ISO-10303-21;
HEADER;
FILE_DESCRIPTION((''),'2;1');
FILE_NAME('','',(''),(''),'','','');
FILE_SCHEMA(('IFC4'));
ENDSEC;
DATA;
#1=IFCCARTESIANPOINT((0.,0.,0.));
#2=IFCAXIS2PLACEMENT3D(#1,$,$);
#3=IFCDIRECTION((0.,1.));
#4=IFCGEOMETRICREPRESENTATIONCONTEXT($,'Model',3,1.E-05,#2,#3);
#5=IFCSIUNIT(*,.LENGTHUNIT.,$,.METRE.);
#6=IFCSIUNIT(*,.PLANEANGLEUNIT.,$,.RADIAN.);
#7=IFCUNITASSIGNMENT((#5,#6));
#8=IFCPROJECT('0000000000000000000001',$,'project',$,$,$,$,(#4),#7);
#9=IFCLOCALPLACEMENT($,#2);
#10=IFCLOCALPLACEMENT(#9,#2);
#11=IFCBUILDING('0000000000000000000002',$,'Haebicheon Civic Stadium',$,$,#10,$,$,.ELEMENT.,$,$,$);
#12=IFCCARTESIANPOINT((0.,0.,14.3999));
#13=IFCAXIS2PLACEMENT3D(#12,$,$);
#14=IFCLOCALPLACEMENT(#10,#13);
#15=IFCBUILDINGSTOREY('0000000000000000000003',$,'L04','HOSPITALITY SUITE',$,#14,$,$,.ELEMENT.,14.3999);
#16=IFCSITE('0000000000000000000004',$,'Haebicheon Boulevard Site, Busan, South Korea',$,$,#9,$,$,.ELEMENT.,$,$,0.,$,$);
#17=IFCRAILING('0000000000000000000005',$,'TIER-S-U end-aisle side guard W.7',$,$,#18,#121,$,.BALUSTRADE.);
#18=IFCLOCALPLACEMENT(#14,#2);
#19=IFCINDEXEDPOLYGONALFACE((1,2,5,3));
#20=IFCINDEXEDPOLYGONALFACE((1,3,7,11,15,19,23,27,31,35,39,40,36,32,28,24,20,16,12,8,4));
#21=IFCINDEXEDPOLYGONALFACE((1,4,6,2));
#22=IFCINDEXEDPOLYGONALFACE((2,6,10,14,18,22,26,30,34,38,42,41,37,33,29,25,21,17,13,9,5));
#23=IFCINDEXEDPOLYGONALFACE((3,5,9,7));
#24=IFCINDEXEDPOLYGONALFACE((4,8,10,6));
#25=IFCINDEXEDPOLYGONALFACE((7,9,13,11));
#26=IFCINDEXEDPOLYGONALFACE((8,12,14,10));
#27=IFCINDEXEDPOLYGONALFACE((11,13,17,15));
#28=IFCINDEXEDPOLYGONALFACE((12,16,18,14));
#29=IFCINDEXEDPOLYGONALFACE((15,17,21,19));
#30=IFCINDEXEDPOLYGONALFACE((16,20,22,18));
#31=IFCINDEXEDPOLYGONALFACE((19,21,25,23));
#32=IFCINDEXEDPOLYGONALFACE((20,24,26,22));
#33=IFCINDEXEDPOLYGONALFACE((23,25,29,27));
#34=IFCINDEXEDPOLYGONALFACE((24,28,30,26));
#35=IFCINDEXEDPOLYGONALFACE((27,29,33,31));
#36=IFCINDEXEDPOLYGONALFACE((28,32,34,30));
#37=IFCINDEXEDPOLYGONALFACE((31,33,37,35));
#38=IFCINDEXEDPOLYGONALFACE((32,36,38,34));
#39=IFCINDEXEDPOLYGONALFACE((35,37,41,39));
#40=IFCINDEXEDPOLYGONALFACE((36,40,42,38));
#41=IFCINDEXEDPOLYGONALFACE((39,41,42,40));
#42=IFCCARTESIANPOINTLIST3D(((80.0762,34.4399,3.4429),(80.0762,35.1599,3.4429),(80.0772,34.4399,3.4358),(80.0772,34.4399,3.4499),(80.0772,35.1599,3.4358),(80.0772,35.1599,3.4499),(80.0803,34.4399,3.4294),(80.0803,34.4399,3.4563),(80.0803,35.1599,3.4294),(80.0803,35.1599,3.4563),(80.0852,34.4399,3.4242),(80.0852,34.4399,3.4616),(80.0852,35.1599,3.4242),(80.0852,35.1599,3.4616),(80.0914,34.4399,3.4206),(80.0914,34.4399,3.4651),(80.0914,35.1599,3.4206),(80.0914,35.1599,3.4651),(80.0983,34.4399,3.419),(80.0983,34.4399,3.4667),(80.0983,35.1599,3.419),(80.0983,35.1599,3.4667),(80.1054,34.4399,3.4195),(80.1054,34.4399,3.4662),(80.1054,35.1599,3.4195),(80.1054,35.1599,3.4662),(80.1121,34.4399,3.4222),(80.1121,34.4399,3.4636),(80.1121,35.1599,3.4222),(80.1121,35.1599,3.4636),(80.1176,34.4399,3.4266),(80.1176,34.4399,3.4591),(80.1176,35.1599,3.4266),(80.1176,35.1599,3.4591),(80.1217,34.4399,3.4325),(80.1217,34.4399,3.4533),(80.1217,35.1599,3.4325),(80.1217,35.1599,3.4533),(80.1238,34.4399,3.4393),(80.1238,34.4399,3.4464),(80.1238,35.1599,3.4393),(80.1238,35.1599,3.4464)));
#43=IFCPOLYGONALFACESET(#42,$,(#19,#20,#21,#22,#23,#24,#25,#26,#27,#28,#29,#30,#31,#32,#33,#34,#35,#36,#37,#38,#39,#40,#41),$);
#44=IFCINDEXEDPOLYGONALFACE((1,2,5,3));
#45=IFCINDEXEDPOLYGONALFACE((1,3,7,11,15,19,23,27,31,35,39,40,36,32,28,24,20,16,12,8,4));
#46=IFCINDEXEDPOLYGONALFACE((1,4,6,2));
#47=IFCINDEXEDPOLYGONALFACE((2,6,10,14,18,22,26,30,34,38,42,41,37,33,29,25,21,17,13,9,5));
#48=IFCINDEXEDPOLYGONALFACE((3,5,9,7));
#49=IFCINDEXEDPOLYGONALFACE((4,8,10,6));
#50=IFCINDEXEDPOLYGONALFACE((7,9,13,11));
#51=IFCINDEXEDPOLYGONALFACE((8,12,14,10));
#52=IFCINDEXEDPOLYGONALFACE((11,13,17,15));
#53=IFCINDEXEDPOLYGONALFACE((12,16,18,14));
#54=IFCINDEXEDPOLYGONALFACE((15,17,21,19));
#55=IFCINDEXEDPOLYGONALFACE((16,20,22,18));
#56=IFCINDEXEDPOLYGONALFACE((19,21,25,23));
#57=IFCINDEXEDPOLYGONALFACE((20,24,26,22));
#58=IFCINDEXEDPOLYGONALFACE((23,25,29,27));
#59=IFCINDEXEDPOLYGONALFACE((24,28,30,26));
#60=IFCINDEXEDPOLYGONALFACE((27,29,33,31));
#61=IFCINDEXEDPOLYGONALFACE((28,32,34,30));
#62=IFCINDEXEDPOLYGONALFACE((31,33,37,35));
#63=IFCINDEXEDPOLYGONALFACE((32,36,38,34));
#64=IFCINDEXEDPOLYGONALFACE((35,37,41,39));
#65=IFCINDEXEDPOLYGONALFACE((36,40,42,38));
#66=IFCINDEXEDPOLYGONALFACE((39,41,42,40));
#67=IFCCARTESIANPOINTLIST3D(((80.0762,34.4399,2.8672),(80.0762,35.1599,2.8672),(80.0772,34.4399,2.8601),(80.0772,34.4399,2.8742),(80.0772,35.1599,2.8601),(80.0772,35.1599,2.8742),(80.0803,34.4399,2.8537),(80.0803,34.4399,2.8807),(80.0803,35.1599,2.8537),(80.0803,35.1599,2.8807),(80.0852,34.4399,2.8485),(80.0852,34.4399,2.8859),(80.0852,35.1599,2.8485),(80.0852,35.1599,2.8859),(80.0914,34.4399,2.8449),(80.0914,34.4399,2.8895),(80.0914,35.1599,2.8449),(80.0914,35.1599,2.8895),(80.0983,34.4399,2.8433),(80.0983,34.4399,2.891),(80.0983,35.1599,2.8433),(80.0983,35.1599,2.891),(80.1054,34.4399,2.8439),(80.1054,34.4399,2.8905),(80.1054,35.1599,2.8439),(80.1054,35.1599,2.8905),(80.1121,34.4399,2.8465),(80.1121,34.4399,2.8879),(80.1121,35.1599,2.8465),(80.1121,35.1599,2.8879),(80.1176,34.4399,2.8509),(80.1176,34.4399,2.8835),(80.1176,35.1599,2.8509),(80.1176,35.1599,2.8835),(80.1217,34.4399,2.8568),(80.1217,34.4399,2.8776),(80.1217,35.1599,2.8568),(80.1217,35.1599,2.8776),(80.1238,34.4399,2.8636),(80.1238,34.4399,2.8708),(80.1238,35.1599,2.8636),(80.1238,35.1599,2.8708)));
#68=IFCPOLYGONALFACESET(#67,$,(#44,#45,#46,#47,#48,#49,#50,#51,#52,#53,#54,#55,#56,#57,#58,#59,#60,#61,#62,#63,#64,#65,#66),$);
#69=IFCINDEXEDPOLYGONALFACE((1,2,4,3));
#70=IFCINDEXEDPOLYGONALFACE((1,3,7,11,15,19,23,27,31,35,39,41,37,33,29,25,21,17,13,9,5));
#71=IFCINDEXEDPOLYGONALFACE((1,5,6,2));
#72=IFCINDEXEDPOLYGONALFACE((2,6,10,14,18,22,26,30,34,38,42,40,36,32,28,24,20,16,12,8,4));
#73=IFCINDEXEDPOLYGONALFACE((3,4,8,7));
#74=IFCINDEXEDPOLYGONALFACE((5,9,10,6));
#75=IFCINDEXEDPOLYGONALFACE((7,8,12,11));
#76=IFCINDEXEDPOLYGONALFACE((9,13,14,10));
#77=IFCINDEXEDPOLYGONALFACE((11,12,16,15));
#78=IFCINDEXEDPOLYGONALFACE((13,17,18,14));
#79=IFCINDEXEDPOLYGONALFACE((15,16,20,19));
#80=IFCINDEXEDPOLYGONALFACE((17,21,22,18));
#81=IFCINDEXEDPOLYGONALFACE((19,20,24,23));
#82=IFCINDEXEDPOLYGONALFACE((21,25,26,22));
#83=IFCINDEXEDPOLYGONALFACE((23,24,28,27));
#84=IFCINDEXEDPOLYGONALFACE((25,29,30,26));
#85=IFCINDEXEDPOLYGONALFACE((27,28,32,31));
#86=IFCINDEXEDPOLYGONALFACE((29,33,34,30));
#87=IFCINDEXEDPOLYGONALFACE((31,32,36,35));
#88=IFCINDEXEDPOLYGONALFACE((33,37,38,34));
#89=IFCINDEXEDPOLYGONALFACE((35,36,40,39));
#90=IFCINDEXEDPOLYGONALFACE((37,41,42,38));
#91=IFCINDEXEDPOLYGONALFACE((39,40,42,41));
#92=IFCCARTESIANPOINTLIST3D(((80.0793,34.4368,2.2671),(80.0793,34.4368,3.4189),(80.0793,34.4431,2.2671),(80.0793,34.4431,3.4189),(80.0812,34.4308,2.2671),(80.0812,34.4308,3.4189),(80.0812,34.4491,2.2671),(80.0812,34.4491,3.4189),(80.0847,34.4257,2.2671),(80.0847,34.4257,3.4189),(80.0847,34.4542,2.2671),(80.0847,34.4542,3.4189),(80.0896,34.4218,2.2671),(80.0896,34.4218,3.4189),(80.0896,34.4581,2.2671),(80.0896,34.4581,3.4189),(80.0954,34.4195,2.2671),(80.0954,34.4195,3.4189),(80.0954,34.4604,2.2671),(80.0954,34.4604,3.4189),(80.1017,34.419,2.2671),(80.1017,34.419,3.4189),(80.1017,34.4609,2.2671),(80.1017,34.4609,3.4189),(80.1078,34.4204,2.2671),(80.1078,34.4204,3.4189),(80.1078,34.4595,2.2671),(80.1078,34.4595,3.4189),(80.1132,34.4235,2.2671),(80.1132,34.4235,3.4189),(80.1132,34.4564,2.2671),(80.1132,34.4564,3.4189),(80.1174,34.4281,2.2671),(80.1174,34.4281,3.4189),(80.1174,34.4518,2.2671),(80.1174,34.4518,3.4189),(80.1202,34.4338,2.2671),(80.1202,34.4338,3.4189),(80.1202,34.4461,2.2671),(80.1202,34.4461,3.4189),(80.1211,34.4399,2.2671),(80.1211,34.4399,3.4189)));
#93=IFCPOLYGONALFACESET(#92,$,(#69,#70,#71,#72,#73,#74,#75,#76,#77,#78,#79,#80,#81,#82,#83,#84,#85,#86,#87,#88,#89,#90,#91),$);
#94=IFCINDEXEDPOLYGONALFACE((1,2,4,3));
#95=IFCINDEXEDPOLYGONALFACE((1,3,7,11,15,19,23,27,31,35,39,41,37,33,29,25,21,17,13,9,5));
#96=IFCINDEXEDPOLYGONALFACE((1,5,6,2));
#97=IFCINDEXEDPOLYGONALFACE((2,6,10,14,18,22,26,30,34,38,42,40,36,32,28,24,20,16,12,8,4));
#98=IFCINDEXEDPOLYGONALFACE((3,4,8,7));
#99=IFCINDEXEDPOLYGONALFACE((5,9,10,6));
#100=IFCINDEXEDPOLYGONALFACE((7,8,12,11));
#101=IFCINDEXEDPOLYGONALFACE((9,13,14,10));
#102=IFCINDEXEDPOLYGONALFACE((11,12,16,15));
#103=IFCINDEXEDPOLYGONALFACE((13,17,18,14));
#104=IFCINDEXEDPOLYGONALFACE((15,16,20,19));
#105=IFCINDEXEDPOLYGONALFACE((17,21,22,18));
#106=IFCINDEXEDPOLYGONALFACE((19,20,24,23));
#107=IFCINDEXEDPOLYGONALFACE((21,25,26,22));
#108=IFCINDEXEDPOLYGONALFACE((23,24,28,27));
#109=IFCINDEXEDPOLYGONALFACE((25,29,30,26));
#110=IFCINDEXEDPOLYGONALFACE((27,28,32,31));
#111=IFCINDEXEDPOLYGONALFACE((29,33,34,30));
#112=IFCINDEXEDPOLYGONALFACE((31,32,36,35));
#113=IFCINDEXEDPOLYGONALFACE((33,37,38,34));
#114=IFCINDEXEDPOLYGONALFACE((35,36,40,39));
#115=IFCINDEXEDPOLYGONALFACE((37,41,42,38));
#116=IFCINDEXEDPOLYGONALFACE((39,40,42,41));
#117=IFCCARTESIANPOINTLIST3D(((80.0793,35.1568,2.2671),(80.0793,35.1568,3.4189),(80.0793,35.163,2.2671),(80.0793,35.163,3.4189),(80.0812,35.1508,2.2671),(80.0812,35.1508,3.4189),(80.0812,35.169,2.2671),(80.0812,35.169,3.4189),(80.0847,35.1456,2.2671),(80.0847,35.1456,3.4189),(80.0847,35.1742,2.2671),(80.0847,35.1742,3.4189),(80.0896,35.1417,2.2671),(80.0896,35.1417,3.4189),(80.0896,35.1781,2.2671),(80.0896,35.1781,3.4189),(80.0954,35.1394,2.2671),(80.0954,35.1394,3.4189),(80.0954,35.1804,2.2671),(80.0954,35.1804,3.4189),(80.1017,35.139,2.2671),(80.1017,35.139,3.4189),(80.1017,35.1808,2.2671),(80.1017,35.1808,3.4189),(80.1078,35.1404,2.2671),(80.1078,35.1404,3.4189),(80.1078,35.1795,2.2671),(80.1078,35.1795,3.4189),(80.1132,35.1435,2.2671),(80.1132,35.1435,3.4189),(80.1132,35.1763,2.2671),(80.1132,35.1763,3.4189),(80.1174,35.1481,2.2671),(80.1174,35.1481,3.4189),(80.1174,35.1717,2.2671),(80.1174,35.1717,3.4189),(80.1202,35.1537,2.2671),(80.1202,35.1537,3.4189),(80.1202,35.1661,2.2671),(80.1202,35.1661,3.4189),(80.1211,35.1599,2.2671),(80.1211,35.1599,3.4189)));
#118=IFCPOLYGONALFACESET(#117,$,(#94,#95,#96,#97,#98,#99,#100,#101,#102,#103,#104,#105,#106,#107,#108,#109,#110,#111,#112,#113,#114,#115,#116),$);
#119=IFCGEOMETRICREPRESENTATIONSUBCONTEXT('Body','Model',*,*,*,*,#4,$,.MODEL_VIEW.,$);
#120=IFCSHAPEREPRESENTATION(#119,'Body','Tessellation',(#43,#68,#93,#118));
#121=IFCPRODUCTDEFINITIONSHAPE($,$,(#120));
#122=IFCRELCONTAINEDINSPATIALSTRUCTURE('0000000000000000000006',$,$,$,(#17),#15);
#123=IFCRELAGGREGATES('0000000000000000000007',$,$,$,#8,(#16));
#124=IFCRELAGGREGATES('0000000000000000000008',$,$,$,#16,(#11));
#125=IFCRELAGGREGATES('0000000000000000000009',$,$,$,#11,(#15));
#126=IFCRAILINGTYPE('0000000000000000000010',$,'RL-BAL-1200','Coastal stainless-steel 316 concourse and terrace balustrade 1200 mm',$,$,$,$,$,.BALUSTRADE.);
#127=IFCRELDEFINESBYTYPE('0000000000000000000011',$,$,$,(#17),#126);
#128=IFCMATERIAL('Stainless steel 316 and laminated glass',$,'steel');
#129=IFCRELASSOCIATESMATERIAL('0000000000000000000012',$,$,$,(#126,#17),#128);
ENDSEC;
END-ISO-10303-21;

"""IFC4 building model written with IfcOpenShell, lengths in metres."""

from ifc_helpers import new_model, si_unit, direction, frame, origin, origin_2d, place, context, subcontext, project, spatial, circle, extrude, material, type_object, element, save


model = new_model("IFC4")

# Units and contexts
model_context = context("Model", 3, precision=1e-05, world=origin(), true_north=direction((0.0, 1.0)))
body_context = subcontext(model_context, "Body", "Model", "MODEL_VIEW")
ifc_project = project(units=[si_unit("LENGTHUNIT", "METRE"), si_unit("PLANEANGLEUNIT", "RADIAN")], contexts=[model_context])

# Site, building, storey
site_placement = place(None, origin())
site = spatial("IfcSite", under=ifc_project, at=site_placement, Name="Haebicheon Boulevard Site, Busan, South Korea", CompositionType="ELEMENT", RefElevation=0.0)
building_placement = place(site_placement, origin())
building = spatial("IfcBuilding", under=site, at=building_placement, Name="Haebicheon Civic Stadium", CompositionType="ELEMENT")
storey_placement = place(building_placement, frame((0.0, 0.0, 14.3999)))
storey = spatial("IfcBuildingStorey", under=building, at=storey_placement, Name="L04", Description="HOSPITALITY SUITE", CompositionType="ELEMENT", Elevation=14.3999)

# Railing
ifc_material_1 = material(Name="Stainless steel 316 and laminated glass", Category="steel")
railing_type = type_object("IfcRailingType", Name="RL-BAL-1200", Description="Coastal stainless-steel 316 concourse and terrace balustrade 1200 mm", PredefinedType="BALUSTRADE", material=ifc_material_1)
for number, where, name in (
    (1, (80.1001, 34.4399, 2.2671), "TIER-S-U end-aisle side guard W.7"),
):
    element("IfcRailing", number, at=place(storey_placement, frame(where)), inside=storey, type_object=railing_type, material=ifc_material_1, Name=name, PredefinedType="BALUSTRADE", context=body_context, shape_type="SweptSolid", body=[
        extrude(circle(Radius=0.0239, at=origin_2d()), frame((0.0, 0.0, 1.1758), z_axis=(0.0, 1.0, 0.0), x_axis=(-1.0, 0.0, 0.0)), (0.0, 0.0, 1.0), 0.72),
        extrude(circle(Radius=0.0239, at=origin_2d()), frame((0.0, 0.0, 0.6001), z_axis=(0.0, 1.0, 0.0), x_axis=(-1.0, 0.0, 0.0)), (0.0, 0.0, 1.0), 0.72),
        extrude(circle(Radius=0.021, at=origin_2d()), origin(), (0.0, 0.0, 1.0), 1.1519),
        extrude(circle(Radius=0.021, at=origin_2d()), frame((0.0, 0.72, 0.0)), (0.0, 0.0, 1.0), 1.1519),
    ])

save(model, "model.ifc")
